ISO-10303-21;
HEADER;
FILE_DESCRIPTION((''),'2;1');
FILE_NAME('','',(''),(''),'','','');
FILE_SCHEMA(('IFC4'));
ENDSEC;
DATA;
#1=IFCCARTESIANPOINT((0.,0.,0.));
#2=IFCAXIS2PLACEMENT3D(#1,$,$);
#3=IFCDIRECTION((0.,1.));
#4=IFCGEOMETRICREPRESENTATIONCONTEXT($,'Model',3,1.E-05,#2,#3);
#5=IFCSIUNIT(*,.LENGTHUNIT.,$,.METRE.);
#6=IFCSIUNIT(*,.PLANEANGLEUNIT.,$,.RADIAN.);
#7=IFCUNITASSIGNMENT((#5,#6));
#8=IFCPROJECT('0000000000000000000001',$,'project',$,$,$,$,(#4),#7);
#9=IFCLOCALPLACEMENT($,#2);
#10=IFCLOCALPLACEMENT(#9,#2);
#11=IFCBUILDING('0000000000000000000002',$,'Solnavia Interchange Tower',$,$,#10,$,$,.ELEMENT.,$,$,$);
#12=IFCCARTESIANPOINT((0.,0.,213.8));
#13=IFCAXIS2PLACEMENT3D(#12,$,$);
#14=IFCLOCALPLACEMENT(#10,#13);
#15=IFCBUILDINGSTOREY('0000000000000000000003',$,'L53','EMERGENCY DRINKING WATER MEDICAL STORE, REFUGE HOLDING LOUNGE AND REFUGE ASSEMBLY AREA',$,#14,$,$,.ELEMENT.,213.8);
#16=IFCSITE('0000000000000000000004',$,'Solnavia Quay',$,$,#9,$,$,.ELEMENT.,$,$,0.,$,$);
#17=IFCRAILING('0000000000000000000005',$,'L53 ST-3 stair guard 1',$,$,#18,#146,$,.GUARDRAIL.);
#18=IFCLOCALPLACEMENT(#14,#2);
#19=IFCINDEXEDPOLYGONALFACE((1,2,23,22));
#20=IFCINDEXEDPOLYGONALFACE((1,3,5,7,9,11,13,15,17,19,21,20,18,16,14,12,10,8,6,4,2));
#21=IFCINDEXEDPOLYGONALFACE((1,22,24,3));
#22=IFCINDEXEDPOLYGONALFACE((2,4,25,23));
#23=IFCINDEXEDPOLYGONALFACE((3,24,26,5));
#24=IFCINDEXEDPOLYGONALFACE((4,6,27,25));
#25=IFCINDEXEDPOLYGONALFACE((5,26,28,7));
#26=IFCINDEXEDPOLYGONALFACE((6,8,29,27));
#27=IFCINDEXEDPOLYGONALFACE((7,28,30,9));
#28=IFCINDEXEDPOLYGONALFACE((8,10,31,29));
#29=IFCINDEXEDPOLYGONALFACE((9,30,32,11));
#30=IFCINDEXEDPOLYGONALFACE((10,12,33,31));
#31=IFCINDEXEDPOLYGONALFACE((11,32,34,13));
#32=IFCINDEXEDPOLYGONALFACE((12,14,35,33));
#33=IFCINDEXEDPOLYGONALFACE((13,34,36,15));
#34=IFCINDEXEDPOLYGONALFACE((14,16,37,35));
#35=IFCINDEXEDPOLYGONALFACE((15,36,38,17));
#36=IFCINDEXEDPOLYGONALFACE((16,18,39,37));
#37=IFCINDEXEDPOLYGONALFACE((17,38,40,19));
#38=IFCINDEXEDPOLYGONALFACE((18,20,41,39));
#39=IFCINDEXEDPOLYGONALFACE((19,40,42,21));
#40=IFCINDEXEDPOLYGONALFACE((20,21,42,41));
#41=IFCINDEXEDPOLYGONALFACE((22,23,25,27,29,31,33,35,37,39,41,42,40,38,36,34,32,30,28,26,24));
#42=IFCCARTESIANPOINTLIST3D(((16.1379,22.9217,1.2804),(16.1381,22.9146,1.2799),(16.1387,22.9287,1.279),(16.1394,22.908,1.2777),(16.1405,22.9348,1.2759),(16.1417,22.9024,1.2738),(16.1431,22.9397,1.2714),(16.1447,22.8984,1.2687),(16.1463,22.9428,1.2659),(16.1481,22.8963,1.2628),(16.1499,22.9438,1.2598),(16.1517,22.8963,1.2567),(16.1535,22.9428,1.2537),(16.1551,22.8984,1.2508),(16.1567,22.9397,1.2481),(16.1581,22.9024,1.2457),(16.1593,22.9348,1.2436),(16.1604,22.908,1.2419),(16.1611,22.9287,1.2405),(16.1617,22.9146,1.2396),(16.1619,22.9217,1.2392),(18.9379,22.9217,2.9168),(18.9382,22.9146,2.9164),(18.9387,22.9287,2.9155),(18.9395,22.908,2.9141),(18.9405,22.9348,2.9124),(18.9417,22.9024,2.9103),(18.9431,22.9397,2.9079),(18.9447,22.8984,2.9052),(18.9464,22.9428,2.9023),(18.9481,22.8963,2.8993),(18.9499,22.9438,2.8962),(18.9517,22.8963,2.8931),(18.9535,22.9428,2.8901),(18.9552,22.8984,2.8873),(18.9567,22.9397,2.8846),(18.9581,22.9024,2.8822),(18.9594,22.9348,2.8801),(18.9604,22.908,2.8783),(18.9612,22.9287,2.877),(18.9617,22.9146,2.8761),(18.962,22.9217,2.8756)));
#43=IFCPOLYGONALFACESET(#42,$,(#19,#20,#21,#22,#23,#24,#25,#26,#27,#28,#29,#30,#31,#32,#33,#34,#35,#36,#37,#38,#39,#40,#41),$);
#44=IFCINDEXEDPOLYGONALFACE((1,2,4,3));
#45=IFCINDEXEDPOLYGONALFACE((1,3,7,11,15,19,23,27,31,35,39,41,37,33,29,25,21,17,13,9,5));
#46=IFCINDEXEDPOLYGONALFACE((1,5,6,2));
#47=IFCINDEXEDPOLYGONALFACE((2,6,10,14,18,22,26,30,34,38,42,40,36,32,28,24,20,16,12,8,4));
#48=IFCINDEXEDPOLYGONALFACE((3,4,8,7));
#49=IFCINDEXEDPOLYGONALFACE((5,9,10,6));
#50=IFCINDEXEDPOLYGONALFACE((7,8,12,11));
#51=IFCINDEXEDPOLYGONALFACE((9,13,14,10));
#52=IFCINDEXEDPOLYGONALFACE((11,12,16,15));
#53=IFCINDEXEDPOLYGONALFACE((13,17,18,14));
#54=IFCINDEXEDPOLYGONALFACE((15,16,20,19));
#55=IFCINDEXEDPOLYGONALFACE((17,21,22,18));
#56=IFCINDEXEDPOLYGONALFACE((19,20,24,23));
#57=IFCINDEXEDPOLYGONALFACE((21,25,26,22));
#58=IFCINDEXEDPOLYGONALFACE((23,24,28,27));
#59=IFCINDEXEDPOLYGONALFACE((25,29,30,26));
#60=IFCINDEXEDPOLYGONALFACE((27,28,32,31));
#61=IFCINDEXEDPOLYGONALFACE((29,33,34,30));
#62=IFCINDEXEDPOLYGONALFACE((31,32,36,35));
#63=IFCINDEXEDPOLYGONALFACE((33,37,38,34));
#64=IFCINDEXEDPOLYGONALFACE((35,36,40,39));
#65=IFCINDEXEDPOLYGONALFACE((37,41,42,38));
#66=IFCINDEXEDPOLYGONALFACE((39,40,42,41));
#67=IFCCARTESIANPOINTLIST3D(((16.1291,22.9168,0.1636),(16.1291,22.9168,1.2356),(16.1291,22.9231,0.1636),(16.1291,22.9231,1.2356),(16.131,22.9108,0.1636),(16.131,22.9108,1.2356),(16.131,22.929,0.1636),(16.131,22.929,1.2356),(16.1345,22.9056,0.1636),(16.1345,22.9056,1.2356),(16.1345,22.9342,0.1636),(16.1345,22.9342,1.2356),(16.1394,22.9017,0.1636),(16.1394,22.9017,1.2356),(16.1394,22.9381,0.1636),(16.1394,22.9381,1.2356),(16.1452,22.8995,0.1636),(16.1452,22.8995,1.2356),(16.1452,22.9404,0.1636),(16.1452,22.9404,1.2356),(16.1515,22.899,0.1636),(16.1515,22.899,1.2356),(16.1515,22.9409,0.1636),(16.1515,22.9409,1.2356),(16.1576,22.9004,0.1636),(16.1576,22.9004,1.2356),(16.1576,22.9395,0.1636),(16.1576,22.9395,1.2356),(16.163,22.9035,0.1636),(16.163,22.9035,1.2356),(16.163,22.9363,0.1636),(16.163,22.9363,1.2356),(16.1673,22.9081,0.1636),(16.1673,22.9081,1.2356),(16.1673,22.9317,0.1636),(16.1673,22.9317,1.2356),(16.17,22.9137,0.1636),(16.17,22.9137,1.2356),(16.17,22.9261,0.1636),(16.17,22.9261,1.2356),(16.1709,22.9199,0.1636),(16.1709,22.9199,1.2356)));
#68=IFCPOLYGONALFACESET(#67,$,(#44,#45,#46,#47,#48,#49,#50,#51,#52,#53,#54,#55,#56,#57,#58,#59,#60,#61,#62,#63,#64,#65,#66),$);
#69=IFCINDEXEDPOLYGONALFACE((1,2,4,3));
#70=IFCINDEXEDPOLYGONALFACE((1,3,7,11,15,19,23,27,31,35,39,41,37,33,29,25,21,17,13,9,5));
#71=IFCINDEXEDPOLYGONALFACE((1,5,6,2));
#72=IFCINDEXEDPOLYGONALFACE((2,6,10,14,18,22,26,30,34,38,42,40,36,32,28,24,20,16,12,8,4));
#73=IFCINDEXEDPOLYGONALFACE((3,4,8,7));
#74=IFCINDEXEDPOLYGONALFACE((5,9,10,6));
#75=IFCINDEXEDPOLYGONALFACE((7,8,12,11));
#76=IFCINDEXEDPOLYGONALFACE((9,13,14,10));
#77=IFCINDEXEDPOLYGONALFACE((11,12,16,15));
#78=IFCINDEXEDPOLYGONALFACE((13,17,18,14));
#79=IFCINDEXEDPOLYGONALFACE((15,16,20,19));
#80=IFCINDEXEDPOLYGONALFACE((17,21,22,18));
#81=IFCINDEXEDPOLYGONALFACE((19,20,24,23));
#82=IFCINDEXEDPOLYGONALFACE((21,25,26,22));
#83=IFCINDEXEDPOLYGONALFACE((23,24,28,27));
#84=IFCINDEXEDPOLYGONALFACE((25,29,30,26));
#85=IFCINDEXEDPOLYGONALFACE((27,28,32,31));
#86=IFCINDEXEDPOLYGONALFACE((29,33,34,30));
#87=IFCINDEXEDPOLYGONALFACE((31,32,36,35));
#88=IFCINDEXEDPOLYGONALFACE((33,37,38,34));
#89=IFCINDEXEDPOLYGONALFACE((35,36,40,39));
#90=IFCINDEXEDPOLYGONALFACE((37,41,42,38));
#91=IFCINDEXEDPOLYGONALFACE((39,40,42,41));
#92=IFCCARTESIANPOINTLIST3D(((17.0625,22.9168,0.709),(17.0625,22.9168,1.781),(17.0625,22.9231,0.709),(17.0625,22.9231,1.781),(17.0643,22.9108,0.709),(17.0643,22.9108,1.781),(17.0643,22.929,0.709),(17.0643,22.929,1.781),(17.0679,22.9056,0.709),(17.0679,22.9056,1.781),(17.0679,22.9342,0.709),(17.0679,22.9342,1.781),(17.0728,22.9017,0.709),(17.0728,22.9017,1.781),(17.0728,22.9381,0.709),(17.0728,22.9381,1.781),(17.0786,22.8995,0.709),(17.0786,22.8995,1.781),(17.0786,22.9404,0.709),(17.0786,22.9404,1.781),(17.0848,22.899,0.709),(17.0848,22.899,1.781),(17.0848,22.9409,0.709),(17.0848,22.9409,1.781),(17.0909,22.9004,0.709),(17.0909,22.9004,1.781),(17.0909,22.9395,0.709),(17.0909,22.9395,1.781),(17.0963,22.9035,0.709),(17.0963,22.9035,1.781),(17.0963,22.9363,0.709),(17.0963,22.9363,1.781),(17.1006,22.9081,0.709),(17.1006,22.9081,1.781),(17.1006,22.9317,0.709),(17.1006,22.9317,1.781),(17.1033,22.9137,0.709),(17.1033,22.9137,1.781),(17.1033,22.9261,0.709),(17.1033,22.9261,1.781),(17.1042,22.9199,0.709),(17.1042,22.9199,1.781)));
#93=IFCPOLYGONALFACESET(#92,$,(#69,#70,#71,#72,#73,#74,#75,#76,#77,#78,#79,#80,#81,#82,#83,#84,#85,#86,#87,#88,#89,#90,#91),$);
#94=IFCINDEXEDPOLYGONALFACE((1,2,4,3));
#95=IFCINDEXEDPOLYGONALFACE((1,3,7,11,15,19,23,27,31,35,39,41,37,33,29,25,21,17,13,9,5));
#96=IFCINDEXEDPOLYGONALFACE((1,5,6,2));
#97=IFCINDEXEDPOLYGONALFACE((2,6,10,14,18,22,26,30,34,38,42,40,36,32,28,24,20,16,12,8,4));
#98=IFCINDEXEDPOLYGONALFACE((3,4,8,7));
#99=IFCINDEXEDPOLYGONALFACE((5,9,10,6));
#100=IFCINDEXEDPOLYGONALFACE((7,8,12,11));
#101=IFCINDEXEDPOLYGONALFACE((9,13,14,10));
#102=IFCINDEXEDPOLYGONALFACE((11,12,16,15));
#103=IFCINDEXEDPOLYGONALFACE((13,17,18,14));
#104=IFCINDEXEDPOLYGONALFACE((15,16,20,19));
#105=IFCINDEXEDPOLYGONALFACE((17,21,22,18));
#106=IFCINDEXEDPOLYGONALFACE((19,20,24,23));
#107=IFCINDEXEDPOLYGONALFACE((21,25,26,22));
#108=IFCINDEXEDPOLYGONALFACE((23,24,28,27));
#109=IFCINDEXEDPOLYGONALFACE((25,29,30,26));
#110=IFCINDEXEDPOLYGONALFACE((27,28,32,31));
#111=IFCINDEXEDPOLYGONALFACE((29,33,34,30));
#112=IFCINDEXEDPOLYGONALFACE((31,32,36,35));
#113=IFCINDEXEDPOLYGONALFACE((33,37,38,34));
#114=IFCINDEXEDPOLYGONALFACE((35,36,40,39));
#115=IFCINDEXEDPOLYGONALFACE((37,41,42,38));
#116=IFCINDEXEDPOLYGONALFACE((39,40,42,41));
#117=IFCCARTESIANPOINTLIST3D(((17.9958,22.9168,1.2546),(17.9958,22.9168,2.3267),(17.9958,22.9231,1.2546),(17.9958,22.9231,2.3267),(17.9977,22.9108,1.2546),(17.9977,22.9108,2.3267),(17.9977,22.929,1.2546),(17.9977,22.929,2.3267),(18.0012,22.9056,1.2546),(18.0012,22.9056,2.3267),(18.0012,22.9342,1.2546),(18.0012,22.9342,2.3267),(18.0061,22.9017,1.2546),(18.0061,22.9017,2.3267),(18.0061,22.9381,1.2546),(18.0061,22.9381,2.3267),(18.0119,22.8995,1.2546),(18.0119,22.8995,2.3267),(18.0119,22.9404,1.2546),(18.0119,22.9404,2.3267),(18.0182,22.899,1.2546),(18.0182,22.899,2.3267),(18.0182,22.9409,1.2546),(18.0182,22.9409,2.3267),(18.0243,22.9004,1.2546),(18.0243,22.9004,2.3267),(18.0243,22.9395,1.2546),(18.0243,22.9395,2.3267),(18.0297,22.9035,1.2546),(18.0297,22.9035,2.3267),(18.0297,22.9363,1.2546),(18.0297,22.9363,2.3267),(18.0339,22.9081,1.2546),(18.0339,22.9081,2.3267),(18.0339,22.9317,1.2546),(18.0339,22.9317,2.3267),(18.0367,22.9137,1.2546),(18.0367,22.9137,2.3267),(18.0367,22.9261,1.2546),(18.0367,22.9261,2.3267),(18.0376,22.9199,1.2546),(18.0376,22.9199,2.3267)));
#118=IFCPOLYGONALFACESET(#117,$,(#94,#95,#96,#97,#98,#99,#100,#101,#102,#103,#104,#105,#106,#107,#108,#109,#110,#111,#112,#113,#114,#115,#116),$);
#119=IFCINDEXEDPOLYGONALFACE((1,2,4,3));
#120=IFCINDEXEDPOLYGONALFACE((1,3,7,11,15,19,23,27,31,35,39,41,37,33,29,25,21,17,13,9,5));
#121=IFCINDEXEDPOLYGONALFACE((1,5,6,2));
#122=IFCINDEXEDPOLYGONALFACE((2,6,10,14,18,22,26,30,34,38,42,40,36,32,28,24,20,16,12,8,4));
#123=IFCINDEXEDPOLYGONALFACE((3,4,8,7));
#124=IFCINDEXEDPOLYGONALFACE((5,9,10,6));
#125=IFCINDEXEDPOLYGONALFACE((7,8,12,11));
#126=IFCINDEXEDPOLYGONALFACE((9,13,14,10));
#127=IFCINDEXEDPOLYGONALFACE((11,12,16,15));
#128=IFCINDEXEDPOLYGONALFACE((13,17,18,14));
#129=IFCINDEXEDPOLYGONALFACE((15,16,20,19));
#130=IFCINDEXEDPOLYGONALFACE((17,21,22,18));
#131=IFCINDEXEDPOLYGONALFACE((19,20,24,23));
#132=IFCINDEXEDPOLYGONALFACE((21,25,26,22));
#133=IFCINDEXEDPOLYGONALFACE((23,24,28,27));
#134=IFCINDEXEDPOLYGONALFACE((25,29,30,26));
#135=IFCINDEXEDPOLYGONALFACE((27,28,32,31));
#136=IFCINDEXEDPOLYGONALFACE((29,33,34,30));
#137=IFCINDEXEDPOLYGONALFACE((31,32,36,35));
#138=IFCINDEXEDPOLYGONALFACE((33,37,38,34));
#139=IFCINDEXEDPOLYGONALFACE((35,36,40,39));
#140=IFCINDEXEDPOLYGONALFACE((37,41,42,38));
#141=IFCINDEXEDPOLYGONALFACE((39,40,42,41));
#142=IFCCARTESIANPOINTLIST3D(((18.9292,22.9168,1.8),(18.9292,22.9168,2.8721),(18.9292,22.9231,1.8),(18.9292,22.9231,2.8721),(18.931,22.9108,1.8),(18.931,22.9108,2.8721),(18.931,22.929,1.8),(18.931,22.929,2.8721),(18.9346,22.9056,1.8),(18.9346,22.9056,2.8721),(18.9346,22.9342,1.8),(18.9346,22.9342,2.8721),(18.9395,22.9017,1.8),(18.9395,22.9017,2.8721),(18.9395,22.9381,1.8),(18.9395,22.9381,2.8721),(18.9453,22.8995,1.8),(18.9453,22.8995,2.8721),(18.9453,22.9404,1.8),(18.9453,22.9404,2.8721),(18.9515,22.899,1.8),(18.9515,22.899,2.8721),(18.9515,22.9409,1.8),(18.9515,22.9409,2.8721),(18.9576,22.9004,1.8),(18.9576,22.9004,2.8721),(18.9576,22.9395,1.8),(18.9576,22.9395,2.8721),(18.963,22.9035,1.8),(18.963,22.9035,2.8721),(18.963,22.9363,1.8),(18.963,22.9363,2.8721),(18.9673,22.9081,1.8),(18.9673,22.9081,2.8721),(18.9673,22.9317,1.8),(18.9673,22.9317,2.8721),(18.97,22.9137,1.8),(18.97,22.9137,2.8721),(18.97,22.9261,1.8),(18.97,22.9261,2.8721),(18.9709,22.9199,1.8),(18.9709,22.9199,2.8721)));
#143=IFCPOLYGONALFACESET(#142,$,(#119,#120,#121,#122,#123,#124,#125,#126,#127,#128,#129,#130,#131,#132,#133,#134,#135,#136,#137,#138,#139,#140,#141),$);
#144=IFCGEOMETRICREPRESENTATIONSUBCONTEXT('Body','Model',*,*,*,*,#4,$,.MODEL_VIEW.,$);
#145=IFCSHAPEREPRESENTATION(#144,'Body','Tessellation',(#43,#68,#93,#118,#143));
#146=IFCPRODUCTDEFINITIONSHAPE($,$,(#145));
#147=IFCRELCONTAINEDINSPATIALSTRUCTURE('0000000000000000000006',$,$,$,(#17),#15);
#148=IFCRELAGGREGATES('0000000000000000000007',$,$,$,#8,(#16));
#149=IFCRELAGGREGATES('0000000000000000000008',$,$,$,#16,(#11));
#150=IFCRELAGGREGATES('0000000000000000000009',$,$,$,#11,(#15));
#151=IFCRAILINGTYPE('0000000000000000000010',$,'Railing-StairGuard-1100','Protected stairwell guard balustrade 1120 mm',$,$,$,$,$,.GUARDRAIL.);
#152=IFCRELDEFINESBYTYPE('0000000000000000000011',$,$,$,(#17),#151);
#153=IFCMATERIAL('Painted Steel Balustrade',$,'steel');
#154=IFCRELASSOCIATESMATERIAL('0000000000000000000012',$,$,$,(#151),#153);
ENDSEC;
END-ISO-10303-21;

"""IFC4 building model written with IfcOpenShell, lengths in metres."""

from ifc_helpers import new_model, si_unit, direction, frame, origin, origin_2d, place, context, subcontext, project, spatial, circle, extrude, material, type_object, element, save


model = new_model("IFC4")

# Units and contexts
model_context = context("Model", 3, precision=1e-05, world=origin(), true_north=direction((0.0, 1.0)))
body_context = subcontext(model_context, "Body", "Model", "MODEL_VIEW")
ifc_project = project(units=[si_unit("LENGTHUNIT", "METRE"), si_unit("PLANEANGLEUNIT", "RADIAN")], contexts=[model_context])

# Site, building, storey
site_placement = place(None, origin())
site = spatial("IfcSite", under=ifc_project, at=site_placement, Name="Solnavia Quay", CompositionType="ELEMENT", RefElevation=0.0)
building_placement = place(site_placement, origin())
building = spatial("IfcBuilding", under=site, at=building_placement, Name="Solnavia Interchange Tower", CompositionType="ELEMENT")
storey_placement = place(building_placement, frame((0.0, 0.0, 213.8)))
storey = spatial("IfcBuildingStorey", under=building, at=storey_placement, Name="L53", Description="EMERGENCY DRINKING WATER MEDICAL STORE, REFUGE HOLDING LOUNGE AND REFUGE ASSEMBLY AREA", CompositionType="ELEMENT", Elevation=213.8)

# Railing
ifc_material_1 = material(Name="Painted Steel Balustrade", Category="steel")
railing_type_1 = type_object("IfcRailingType", Name="Railing-StairGuard-1100", Description="Protected stairwell guard balustrade 1120 mm", PredefinedType="GUARDRAIL", material=ifc_material_1)
railing_1_placement = place(storey_placement, frame((16.1499, 22.9199, 0.1636)))
element("IfcRailing", 1, at=railing_1_placement, inside=storey, type_object=railing_type_1, Name="L53 ST-3 stair guard 1", PredefinedType="GUARDRAIL", context=body_context, shape_type="SweptSolid", body=[
    extrude(circle(Radius=0.0239, at=origin_2d()), frame((0.0, 0.0, 1.0962), z_axis=(0.863361, 0.0, 0.504587), x_axis=(0.0, 1.0, 0.0)), (0.0, 0.0, 1.0), 3.2432),
    extrude(circle(Radius=0.021, at=origin_2d()), origin(), (0.0, 0.0, 1.0), 1.072),
    extrude(circle(Radius=0.021, at=origin_2d()), frame((0.9333, 0.0, 0.5454)), (0.0, 0.0, 1.0), 1.072),
    extrude(circle(Radius=0.021, at=origin_2d()), frame((1.8667, 0.0, 1.0911)), (0.0, 0.0, 1.0), 1.072),
    extrude(circle(Radius=0.021, at=origin_2d()), frame((2.8, 0.0, 1.6365)), (0.0, 0.0, 1.0), 1.072),
])

save(model, "model.ifc")
